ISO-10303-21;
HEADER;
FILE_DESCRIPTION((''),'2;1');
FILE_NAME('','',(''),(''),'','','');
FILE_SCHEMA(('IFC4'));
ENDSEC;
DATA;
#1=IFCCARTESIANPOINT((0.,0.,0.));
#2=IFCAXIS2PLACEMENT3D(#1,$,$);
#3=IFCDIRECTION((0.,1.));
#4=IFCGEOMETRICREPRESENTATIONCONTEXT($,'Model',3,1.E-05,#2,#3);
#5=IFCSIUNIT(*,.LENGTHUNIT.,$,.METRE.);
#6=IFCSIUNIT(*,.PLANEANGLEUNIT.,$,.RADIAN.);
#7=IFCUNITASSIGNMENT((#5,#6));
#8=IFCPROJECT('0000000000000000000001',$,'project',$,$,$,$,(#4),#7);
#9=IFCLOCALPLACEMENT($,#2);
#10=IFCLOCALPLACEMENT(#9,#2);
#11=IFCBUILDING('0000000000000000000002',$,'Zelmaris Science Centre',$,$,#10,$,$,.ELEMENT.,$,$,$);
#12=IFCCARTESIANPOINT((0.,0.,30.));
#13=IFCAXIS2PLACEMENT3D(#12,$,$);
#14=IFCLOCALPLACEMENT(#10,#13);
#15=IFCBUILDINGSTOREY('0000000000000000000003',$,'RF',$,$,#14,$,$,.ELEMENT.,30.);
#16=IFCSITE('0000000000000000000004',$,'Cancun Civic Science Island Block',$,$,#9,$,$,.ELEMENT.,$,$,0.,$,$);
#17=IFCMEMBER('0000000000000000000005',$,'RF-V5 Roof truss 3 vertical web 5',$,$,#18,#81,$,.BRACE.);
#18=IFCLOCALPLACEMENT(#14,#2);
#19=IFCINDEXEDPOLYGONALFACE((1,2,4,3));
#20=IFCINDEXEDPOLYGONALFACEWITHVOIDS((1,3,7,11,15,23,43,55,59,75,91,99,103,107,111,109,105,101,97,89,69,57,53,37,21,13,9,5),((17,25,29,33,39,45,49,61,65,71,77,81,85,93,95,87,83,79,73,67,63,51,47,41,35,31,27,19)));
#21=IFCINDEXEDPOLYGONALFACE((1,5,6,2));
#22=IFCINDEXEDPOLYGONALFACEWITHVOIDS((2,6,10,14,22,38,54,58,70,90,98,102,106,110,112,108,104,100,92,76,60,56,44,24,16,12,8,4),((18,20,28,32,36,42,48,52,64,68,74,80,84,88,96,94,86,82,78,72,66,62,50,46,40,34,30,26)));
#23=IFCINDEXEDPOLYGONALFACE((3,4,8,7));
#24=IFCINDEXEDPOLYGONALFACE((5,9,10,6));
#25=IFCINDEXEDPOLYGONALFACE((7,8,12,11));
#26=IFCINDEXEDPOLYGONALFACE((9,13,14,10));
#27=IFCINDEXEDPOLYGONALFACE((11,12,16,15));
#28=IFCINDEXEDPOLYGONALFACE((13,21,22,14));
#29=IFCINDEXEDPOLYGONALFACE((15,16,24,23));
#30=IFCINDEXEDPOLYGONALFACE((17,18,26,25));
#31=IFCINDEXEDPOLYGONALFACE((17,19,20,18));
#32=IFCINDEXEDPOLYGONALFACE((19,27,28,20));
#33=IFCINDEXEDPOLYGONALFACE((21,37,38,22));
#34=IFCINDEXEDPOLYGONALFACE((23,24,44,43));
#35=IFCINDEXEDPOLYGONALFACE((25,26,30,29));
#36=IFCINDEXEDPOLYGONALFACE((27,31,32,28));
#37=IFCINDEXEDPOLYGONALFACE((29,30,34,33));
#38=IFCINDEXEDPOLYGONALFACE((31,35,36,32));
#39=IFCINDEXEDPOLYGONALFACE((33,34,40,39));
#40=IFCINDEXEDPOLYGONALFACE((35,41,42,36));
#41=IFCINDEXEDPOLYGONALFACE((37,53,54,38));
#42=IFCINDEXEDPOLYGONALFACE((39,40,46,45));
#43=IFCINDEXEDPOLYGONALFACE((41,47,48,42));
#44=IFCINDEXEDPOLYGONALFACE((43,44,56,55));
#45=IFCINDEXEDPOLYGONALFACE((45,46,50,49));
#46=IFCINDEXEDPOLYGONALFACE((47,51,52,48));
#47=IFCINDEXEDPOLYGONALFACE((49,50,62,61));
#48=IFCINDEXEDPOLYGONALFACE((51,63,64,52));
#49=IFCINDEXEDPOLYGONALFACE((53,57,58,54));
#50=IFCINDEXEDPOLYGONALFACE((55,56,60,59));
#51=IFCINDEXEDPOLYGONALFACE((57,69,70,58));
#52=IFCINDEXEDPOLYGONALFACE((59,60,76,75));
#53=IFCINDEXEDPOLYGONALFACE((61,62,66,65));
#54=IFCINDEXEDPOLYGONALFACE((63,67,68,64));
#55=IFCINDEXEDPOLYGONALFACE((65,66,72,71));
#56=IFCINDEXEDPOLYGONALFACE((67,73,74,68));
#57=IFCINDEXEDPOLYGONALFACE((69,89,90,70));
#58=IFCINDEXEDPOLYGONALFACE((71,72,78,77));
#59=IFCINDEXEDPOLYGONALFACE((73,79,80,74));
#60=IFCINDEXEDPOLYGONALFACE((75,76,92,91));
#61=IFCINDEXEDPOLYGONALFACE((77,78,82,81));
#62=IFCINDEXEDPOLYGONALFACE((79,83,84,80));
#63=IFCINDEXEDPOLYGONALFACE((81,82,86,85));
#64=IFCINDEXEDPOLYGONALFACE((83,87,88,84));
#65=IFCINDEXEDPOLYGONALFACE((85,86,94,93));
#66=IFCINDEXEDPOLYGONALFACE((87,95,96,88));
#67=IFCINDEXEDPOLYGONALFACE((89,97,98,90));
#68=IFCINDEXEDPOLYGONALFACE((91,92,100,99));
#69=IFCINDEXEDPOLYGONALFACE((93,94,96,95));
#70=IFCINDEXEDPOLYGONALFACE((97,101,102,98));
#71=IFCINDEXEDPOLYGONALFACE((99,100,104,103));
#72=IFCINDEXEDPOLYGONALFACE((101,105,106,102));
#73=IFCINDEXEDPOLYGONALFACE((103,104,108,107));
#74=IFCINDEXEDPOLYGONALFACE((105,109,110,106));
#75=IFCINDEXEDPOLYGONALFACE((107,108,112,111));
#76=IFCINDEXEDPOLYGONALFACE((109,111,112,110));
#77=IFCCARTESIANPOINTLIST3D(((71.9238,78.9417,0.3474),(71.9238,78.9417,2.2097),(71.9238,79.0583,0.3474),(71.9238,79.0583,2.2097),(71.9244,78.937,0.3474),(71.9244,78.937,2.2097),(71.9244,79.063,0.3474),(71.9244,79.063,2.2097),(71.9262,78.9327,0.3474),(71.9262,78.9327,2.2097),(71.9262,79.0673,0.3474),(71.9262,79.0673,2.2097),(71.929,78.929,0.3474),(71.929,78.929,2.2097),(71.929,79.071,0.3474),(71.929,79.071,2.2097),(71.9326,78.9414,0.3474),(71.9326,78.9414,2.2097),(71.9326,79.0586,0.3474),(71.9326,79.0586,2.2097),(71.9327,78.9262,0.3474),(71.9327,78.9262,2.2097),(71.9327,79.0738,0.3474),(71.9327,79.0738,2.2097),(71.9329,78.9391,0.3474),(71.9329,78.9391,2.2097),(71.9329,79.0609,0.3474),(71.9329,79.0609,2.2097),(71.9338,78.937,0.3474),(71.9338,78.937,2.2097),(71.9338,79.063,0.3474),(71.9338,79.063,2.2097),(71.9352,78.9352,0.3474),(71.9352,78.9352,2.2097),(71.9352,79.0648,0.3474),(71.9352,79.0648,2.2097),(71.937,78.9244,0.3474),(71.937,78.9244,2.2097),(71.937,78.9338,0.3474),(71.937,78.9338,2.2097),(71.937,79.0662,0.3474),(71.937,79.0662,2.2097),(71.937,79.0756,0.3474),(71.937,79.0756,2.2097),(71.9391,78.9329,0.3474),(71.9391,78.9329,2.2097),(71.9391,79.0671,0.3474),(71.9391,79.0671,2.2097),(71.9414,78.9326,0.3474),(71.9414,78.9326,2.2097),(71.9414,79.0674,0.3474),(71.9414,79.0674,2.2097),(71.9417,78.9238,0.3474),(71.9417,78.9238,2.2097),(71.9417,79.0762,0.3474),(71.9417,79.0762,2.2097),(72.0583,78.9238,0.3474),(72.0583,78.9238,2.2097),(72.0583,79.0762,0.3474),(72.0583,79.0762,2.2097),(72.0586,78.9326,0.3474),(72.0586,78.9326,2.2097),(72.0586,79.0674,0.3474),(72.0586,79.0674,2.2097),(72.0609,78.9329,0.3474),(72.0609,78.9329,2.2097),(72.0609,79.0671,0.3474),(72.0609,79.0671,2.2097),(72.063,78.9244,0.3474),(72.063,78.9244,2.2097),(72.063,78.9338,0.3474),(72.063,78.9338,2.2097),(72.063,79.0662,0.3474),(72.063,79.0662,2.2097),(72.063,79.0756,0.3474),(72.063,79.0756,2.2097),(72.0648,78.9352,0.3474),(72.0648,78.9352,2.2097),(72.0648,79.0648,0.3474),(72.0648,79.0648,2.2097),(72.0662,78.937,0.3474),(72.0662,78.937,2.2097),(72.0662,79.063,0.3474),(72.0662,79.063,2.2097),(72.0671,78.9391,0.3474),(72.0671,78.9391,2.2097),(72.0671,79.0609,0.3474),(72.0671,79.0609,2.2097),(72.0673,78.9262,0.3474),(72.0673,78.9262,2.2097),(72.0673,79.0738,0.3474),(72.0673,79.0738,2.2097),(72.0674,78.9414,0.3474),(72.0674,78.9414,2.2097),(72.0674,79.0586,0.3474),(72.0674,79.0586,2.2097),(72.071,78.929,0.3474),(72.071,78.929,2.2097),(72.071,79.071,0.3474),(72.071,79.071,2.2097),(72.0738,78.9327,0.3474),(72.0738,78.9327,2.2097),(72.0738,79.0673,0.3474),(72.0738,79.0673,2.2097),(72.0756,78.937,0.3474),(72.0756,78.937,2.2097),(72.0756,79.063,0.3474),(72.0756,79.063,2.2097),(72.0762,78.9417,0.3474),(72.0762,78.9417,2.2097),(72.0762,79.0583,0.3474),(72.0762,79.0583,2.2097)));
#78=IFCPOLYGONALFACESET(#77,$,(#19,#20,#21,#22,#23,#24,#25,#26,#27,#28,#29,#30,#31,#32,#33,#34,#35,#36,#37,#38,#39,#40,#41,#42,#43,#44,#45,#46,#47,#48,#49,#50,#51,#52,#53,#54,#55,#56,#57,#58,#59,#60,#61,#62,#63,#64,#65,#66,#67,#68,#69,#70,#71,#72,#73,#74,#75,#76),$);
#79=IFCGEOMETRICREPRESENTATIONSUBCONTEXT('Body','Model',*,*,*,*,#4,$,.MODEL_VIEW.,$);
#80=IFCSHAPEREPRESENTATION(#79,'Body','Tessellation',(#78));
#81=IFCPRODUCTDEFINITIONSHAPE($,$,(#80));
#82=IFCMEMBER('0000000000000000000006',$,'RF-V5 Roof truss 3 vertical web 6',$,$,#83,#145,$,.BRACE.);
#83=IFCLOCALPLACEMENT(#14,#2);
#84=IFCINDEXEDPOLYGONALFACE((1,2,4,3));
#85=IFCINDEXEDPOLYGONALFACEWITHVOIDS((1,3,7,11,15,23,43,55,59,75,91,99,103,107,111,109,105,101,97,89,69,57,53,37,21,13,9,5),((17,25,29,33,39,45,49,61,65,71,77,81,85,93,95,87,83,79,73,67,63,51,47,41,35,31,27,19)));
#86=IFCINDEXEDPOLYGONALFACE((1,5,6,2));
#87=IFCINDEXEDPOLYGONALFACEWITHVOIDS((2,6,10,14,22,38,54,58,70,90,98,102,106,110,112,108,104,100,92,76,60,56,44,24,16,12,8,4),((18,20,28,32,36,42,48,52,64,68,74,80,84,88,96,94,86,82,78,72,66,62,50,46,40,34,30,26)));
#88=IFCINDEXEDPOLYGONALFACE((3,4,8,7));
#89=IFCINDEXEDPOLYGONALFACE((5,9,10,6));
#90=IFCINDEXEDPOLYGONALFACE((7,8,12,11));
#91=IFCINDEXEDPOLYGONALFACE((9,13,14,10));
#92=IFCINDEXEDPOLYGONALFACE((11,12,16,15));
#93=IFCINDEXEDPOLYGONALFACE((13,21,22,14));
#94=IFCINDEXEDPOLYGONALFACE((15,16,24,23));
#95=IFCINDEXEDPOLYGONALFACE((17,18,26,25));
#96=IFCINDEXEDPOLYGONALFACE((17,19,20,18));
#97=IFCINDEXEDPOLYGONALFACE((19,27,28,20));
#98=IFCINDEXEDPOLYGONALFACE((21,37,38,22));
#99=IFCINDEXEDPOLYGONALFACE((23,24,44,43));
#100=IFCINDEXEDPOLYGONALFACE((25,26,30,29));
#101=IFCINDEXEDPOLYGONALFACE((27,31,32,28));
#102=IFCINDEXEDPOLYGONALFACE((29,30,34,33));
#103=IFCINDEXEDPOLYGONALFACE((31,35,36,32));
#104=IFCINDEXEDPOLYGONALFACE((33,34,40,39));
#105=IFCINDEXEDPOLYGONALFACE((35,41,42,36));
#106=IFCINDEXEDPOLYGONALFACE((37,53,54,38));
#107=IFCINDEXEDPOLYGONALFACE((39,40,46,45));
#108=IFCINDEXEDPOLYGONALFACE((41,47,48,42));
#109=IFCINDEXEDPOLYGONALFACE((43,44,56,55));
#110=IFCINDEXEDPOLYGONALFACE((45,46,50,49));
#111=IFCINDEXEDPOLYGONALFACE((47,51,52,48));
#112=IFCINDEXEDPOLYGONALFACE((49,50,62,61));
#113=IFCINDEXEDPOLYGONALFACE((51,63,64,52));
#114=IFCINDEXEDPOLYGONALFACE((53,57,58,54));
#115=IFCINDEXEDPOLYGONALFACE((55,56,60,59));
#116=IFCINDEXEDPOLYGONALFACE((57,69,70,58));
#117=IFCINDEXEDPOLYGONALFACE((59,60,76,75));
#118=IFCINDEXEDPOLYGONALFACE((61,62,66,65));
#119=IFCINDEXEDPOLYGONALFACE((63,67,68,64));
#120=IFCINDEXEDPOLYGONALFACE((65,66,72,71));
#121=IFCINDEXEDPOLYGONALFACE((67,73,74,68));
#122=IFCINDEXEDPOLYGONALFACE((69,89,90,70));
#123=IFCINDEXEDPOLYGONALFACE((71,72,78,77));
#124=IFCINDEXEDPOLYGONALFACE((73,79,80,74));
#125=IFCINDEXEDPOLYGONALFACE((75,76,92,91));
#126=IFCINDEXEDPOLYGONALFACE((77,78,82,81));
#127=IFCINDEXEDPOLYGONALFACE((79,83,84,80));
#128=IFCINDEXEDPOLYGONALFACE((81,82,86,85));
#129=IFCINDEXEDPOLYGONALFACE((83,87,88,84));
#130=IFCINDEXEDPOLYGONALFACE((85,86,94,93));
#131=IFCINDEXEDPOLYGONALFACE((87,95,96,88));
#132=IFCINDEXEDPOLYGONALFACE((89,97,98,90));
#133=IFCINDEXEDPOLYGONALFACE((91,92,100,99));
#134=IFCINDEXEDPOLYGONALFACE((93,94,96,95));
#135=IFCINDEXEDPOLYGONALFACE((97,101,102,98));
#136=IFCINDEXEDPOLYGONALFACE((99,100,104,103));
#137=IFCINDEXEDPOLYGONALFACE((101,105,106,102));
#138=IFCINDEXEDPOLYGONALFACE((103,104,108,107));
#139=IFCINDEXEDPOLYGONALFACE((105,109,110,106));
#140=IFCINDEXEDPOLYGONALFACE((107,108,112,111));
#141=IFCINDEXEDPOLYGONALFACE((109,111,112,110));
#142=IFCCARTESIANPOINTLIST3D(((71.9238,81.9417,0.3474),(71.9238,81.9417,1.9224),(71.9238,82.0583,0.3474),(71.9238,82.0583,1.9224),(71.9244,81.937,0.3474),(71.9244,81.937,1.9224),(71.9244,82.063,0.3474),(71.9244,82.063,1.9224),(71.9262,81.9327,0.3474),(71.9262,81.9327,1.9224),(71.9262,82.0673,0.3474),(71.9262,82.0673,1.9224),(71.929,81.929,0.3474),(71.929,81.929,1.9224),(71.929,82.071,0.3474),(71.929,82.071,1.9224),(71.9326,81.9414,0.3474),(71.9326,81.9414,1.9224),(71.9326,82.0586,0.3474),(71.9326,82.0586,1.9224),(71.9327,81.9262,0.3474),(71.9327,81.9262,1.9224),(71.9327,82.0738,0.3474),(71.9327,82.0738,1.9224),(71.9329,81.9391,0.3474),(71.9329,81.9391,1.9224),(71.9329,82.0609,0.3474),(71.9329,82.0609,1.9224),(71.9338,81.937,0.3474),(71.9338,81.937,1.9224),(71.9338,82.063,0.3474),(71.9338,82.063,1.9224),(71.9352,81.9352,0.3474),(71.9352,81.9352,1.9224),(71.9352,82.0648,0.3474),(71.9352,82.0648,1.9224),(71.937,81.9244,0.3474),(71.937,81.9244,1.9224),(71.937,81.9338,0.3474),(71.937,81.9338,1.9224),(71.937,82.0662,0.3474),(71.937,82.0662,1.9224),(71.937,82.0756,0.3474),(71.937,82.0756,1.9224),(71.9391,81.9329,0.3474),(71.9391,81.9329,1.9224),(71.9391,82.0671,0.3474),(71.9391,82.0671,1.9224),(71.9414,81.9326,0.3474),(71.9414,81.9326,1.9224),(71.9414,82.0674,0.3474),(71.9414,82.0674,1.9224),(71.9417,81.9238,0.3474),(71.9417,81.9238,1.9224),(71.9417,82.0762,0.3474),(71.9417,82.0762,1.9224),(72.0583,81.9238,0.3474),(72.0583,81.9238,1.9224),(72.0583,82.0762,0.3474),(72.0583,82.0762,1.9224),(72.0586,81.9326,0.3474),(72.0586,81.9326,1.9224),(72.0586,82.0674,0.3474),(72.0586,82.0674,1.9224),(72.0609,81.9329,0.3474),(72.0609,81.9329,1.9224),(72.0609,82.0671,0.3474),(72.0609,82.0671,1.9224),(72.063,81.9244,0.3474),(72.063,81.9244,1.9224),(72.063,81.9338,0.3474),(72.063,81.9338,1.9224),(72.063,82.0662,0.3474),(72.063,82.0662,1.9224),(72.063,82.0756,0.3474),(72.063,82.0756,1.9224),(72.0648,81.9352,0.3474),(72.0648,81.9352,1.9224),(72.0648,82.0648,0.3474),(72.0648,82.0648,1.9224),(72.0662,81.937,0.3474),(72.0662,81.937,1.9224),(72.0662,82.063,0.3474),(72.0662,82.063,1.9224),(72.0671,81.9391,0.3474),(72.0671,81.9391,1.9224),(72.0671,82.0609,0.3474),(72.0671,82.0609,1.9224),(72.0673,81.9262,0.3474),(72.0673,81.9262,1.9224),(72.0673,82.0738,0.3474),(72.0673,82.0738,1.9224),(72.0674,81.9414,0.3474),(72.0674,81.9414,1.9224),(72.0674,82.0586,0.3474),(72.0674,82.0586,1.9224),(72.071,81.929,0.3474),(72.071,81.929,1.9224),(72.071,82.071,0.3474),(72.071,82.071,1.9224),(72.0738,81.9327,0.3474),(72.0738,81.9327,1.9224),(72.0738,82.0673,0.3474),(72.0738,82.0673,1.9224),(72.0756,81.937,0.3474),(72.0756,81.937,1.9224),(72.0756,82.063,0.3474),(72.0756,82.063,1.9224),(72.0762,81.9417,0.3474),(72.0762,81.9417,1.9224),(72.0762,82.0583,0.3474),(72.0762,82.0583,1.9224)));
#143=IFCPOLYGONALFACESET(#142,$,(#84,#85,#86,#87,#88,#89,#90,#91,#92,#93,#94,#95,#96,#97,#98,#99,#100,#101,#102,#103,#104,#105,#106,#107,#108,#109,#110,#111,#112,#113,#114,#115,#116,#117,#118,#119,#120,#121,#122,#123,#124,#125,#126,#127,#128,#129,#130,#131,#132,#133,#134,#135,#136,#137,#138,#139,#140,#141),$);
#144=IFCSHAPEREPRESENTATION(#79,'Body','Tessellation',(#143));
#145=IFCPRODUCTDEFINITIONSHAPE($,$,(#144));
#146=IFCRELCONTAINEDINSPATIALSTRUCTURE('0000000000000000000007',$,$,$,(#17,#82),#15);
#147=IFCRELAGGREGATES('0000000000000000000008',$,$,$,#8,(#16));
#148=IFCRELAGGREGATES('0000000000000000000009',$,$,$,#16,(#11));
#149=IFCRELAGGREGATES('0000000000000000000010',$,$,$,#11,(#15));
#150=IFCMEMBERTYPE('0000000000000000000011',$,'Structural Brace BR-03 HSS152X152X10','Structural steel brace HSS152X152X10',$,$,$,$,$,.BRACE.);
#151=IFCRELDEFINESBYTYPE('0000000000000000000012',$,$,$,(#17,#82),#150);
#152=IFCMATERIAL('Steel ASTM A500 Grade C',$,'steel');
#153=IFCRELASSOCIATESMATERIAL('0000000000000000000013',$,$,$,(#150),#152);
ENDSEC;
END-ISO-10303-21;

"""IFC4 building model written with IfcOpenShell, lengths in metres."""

from ifc_helpers import new_model, si_unit, direction, frame, origin, origin_2d, place, context, subcontext, project, spatial, hollow_rectangle, extrude, material, material_profile, profile_set, type_object, element, save


model = new_model("IFC4")

# Units and contexts
model_context = context("Model", 3, precision=1e-05, world=origin(), true_north=direction((0.0, 1.0)))
body_context = subcontext(model_context, "Body", "Model", "MODEL_VIEW")
ifc_project = project(units=[si_unit("LENGTHUNIT", "METRE"), si_unit("PLANEANGLEUNIT", "RADIAN")], contexts=[model_context])

# Site, building, storey
site_placement = place(None, origin())
site = spatial("IfcSite", under=ifc_project, at=site_placement, Name="Cancun Civic Science Island Block", CompositionType="ELEMENT", RefElevation=0.0)
building_placement = place(site_placement, origin())
building = spatial("IfcBuilding", under=site, at=building_placement, Name="Zelmaris Science Centre", CompositionType="ELEMENT")
storey_placement = place(building_placement, frame((0.0, 0.0, 30.0)))
storey = spatial("IfcBuildingStorey", under=building, at=storey_placement, Name="RF", CompositionType="ELEMENT", Elevation=30.0)

# Shared definitions
ifc_material = material(Name="Steel ASTM A500 Grade C", Category="steel")

# Members
ifc_material_profile_1 = material_profile(ifc_material, hollow_rectangle(XDim=0.1523, YDim=0.1523, WallThickness=0.0088, InnerFilletRadius=0.0088, OuterFilletRadius=0.0178, at=origin_2d()), Name="HSS152X152X10")
ifc_profile_set_1 = profile_set([ifc_material_profile_1], Name="Steel ASTM A500 Grade C")
member_type_1 = type_object("IfcMemberType", Name="Structural Brace BR-03 HSS152X152X10", Description="Structural steel brace HSS152X152X10", PredefinedType="BRACE", material=ifc_profile_set_1)
member_1_placement = place(storey_placement, frame((72.0, 79.0, 0.3474), z_axis=(0.0, 0.0, 1.0), x_axis=(1.0, 0.0, 0.0)))
element("IfcMember", 1, at=member_1_placement, inside=storey, type_object=member_type_1, Name="RF-V5 Roof truss 3 vertical web 5", PredefinedType="BRACE", context=body_context, shape_type="SweptSolid", body=[
    extrude(hollow_rectangle(XDim=0.1523, YDim=0.1523, WallThickness=0.0088, InnerFilletRadius=0.0088, OuterFilletRadius=0.0178, at=origin_2d()), origin(), (0.0, 0.0, 1.0), 1.8623),
])
member_2_placement = place(storey_placement, frame((72.0, 82.0, 0.3474), z_axis=(0.0, 0.0, 1.0), x_axis=(1.0, 0.0, 0.0)))
element("IfcMember", 2, at=member_2_placement, inside=storey, type_object=member_type_1, Name="RF-V5 Roof truss 3 vertical web 6", PredefinedType="BRACE", context=body_context, shape_type="SweptSolid", body=[
    extrude(hollow_rectangle(XDim=0.1523, YDim=0.1523, WallThickness=0.0088, InnerFilletRadius=0.0088, OuterFilletRadius=0.0178, at=origin_2d()), origin(), (0.0, 0.0, 1.0), 1.575),
])

save(model, "model.ifc")
